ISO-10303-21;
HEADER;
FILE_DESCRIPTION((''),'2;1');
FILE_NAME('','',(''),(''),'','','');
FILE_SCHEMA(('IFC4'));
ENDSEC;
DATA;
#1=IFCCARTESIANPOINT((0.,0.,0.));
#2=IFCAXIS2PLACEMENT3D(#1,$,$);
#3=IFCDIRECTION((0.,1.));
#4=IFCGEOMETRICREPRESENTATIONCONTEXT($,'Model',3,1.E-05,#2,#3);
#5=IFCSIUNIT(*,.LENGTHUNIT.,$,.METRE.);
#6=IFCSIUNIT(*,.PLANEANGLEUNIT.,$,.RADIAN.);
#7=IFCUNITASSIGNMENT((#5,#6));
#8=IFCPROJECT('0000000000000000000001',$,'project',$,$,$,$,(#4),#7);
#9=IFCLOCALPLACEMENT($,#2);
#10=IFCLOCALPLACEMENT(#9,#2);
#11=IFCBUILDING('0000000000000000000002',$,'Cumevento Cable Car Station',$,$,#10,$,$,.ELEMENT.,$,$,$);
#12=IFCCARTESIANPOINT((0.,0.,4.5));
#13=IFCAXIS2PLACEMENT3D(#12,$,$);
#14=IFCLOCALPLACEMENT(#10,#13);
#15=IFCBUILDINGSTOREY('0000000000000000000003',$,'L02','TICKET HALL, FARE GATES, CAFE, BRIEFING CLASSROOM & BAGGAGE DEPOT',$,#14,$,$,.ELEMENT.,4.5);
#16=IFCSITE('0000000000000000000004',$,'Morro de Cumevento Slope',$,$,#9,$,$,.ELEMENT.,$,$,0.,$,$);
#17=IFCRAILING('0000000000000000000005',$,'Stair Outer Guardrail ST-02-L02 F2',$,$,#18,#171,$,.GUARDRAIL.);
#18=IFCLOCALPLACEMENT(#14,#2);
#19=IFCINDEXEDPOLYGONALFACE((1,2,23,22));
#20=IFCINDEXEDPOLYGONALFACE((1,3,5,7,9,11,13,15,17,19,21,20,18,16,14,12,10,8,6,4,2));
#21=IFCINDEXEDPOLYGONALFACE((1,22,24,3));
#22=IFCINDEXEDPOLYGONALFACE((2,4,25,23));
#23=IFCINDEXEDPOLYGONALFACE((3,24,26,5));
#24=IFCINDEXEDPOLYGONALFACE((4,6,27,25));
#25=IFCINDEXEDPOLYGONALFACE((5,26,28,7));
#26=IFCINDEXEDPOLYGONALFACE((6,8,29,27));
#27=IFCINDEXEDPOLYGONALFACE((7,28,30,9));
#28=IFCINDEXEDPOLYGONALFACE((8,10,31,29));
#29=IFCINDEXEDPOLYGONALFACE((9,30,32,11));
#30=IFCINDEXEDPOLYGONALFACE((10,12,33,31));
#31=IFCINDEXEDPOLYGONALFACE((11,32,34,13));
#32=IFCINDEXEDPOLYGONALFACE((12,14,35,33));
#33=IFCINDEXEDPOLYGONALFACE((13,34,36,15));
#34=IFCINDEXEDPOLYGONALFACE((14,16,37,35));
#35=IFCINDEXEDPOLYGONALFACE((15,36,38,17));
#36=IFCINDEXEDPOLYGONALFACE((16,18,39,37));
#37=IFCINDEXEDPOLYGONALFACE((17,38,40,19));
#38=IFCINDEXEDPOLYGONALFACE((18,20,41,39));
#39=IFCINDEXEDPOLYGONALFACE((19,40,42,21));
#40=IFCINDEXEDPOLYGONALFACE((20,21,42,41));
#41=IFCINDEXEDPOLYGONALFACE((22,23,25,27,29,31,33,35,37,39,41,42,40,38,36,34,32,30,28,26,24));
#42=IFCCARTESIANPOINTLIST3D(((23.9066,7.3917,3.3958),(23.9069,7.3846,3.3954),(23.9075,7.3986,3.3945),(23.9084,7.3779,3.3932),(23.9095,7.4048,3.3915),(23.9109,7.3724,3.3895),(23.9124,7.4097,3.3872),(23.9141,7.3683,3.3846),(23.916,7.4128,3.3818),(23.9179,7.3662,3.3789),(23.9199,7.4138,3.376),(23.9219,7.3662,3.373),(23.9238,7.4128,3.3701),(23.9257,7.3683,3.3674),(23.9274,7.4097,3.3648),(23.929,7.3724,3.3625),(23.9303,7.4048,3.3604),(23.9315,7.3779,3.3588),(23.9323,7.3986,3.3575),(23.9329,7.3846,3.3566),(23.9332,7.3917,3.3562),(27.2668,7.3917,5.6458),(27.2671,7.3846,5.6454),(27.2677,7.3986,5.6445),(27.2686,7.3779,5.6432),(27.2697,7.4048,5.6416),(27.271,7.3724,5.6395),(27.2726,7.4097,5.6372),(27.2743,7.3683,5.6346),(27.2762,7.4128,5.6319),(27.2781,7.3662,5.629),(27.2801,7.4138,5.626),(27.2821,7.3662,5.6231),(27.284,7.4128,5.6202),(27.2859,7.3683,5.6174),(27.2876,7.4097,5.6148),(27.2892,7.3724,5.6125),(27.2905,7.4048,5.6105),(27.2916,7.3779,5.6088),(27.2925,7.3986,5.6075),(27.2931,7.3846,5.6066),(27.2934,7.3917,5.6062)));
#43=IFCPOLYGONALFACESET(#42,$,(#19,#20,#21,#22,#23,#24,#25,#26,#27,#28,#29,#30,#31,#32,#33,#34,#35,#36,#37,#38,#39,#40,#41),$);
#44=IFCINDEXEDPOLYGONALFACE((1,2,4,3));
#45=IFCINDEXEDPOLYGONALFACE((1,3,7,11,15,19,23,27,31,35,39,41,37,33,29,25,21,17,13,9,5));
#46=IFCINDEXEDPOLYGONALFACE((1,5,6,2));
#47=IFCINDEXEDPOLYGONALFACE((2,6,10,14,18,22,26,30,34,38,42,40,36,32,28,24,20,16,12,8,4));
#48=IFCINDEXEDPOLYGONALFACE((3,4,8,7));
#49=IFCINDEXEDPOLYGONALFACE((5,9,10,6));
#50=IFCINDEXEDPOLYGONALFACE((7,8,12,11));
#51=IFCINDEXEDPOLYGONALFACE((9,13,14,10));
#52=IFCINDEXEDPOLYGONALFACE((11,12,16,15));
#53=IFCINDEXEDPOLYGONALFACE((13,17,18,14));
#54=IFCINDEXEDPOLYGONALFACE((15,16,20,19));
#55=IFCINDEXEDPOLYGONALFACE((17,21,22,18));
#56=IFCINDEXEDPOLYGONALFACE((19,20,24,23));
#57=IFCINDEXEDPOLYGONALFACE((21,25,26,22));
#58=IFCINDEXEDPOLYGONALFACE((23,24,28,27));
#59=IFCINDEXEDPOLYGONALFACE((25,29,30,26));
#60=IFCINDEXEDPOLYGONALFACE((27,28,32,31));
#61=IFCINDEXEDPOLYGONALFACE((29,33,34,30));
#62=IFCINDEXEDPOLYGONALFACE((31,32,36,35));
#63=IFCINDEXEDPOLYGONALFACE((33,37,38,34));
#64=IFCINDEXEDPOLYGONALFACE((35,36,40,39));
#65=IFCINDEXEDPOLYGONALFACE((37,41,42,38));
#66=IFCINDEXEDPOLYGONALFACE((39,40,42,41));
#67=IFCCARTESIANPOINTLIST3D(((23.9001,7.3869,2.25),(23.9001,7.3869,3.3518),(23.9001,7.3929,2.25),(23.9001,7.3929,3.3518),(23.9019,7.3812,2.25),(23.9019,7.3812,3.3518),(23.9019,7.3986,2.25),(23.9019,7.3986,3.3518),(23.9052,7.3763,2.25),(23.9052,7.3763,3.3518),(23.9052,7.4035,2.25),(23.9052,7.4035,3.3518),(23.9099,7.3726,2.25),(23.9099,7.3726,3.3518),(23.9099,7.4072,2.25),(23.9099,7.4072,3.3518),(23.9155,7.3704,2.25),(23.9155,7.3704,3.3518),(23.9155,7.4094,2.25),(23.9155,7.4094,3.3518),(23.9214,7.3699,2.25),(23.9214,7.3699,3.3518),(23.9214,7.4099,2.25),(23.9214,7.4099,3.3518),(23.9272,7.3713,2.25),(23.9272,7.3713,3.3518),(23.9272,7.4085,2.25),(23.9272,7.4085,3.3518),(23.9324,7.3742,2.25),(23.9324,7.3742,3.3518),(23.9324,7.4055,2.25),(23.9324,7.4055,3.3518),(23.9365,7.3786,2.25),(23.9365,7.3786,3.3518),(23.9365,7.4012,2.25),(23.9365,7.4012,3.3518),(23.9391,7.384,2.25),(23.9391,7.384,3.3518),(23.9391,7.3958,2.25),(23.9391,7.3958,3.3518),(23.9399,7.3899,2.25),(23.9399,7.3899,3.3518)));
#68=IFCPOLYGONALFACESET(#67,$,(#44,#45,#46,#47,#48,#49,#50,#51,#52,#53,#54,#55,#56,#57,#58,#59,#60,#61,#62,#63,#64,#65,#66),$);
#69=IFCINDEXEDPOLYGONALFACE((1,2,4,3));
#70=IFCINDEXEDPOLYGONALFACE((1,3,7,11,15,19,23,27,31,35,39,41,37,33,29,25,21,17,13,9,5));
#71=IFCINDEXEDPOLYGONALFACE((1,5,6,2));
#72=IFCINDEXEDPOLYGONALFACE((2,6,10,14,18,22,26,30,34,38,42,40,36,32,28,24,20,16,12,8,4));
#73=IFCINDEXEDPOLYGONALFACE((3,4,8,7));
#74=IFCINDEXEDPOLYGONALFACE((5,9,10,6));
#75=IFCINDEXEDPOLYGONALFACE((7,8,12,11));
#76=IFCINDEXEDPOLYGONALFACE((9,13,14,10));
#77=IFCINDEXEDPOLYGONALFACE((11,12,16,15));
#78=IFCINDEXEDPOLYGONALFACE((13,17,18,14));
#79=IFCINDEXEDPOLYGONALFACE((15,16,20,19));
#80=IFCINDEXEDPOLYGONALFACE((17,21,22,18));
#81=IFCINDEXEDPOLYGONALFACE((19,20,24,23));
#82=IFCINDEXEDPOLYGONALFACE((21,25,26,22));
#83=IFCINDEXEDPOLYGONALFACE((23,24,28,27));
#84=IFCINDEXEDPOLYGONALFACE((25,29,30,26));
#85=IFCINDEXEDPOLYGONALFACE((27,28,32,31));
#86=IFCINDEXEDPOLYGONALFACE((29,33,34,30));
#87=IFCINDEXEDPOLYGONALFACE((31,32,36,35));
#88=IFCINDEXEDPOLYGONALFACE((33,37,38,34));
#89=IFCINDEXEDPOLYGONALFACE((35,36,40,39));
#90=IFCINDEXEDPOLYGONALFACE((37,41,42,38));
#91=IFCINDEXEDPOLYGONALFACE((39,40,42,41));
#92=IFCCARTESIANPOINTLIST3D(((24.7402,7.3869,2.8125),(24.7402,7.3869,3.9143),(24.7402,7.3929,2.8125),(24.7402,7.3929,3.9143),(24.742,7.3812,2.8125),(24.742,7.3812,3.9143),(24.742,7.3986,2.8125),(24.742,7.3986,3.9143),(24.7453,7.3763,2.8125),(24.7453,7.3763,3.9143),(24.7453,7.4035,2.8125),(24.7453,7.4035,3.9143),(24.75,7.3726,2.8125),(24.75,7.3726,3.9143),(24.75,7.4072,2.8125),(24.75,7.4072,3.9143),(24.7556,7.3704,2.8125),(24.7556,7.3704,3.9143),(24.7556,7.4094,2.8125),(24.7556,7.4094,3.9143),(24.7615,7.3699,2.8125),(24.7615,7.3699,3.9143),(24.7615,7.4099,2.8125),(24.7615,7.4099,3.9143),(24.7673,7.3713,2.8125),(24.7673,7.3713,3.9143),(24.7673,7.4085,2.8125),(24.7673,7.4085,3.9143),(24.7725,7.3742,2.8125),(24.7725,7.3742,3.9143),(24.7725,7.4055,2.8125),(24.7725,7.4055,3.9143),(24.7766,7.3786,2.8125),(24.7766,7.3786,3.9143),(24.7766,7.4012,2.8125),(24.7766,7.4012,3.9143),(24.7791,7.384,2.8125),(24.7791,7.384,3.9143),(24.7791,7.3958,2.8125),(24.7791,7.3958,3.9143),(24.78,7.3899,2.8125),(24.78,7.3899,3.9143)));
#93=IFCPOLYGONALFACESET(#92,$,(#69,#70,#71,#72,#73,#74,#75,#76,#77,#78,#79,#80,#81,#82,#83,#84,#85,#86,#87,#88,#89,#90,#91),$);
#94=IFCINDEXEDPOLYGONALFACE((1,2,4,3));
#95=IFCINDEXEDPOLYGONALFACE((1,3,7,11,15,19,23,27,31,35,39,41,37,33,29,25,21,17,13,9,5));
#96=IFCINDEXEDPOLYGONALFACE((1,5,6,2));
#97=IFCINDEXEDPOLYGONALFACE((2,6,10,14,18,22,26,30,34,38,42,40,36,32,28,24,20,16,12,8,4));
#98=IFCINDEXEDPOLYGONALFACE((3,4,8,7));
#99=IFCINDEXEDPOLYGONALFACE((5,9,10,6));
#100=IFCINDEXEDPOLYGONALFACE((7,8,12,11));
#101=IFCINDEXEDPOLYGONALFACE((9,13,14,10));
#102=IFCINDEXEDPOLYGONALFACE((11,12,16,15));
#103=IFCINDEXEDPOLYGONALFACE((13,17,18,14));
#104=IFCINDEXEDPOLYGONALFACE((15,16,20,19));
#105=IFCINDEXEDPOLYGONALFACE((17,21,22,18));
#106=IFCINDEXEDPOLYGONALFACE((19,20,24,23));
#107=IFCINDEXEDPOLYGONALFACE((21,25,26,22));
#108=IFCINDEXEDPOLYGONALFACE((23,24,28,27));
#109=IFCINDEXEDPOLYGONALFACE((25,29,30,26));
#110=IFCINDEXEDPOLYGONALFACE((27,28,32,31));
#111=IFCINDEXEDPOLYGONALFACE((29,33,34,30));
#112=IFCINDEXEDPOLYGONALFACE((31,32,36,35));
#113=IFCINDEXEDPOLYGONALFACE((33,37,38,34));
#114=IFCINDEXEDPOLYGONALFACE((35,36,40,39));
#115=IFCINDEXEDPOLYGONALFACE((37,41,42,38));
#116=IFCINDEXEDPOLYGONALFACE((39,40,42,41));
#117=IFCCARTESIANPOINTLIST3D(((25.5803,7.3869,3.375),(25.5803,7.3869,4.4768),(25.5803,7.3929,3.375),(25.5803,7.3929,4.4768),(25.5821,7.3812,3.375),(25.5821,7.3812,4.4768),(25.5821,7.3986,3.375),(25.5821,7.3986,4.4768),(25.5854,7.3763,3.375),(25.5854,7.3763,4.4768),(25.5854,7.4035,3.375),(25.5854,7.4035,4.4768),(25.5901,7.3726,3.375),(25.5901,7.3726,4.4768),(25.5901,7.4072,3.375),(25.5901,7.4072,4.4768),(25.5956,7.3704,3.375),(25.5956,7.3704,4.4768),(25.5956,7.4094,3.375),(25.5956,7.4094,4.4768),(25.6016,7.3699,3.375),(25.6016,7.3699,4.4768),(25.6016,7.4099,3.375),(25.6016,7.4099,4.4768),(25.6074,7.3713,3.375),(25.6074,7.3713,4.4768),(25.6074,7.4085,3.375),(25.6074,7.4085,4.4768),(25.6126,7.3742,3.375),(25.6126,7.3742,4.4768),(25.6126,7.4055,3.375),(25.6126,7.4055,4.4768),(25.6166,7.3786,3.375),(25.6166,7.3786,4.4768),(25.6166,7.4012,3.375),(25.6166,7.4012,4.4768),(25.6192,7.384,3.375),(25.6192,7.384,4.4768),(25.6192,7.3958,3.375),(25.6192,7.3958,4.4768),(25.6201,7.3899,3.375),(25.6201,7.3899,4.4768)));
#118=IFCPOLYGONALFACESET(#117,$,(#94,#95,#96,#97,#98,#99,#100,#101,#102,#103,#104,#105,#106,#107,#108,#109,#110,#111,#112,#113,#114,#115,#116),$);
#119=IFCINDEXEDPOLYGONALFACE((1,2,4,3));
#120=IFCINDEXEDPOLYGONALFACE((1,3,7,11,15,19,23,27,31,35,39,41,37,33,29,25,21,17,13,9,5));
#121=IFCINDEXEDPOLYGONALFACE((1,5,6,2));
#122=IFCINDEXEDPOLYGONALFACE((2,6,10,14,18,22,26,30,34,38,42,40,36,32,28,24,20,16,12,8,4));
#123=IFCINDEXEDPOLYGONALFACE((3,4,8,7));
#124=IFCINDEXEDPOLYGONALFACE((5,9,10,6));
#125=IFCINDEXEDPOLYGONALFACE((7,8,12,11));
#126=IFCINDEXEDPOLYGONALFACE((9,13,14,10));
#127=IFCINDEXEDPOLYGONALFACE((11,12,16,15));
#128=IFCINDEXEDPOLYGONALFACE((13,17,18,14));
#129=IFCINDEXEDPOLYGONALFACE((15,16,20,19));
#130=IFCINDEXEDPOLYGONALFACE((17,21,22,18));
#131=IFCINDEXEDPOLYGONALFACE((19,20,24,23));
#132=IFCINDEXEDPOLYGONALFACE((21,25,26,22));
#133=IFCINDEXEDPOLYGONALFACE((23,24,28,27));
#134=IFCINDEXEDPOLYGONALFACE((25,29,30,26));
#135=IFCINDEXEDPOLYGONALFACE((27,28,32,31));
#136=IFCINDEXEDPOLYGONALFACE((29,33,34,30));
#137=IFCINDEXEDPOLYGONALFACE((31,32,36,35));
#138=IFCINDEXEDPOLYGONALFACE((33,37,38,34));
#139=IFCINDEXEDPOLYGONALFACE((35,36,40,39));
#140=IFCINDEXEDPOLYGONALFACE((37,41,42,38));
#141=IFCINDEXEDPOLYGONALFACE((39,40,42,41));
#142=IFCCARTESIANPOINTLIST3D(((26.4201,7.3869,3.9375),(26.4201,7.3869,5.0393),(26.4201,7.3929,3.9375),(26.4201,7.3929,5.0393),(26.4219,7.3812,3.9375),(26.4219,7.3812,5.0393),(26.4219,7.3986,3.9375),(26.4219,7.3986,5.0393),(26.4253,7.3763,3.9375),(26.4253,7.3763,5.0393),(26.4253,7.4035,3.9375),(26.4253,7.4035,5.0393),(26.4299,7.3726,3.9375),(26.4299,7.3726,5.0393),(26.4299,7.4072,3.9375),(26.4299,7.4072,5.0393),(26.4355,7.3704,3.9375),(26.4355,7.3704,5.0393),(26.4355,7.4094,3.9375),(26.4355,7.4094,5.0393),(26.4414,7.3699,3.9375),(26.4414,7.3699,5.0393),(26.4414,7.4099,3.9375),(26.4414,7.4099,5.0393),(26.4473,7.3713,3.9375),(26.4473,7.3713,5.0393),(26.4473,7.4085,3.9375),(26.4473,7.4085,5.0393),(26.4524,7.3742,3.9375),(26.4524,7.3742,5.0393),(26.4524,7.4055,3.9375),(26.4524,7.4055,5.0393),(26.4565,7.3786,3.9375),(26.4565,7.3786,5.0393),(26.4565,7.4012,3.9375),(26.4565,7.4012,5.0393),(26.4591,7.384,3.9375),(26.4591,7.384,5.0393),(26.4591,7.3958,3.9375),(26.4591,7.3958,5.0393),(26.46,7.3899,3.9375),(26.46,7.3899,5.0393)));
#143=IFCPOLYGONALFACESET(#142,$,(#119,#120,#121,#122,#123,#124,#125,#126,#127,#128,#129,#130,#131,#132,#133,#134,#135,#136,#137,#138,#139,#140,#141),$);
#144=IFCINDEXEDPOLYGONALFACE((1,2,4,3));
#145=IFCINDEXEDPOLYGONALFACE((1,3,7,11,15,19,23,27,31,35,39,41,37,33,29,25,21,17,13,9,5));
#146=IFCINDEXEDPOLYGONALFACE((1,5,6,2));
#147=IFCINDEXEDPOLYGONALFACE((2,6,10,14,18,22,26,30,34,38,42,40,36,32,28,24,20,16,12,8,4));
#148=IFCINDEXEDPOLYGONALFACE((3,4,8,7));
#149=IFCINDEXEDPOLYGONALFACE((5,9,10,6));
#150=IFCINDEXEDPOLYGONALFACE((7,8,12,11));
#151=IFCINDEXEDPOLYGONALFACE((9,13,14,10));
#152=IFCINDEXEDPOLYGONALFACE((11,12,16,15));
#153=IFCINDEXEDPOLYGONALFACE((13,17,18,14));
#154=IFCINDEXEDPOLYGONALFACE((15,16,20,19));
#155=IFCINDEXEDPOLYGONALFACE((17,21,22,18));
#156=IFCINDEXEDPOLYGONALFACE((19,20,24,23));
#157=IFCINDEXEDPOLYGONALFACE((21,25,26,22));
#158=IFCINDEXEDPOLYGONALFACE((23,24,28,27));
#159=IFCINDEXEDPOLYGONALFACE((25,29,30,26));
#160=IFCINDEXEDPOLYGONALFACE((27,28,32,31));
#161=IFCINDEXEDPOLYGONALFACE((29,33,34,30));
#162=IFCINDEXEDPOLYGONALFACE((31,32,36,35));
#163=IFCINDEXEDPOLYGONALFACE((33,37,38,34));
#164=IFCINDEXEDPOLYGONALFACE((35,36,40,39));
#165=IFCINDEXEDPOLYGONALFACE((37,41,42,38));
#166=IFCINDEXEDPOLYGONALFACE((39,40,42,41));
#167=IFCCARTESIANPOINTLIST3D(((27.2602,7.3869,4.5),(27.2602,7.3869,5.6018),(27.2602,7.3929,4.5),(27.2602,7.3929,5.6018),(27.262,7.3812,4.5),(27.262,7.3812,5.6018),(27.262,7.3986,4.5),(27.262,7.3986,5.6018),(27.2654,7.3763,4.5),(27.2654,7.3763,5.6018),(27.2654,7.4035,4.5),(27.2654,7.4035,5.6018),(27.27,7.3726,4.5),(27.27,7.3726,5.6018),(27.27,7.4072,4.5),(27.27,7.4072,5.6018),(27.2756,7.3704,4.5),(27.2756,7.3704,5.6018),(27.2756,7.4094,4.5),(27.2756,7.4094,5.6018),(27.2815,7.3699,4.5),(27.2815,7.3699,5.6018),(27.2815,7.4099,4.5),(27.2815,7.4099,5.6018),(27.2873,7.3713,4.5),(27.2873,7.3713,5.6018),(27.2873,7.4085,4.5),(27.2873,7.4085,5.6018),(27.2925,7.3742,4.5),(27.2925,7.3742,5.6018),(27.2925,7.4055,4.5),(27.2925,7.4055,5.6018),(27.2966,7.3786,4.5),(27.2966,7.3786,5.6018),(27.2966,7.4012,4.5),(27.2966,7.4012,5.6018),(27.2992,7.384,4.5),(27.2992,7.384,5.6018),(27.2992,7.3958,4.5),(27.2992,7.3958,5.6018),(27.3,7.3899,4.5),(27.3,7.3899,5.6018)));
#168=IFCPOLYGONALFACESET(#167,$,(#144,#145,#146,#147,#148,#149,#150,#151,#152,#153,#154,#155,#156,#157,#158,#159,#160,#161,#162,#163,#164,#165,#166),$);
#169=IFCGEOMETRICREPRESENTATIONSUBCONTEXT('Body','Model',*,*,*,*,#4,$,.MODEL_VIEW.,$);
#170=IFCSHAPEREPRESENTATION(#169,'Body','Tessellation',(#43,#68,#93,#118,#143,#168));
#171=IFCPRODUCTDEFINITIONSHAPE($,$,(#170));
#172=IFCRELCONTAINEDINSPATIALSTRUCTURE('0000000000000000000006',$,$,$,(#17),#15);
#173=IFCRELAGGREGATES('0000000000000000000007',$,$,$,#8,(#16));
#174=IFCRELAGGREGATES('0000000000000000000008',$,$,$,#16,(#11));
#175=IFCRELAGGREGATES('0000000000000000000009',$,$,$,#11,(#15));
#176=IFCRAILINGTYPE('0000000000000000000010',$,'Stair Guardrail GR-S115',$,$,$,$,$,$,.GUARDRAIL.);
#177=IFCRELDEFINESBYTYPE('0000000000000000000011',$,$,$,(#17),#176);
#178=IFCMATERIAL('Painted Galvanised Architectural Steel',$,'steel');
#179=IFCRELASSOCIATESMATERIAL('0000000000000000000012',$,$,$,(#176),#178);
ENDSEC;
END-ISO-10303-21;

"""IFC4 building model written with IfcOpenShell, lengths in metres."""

from ifc_helpers import new_model, si_unit, direction, frame, origin, origin_2d, place, context, subcontext, project, spatial, circle, extrude, material, type_object, element, save


model = new_model("IFC4")

# Units and contexts
model_context = context("Model", 3, precision=1e-05, world=origin(), true_north=direction((0.0, 1.0)))
body_context = subcontext(model_context, "Body", "Model", "MODEL_VIEW")
ifc_project = project(units=[si_unit("LENGTHUNIT", "METRE"), si_unit("PLANEANGLEUNIT", "RADIAN")], contexts=[model_context])

# Site, building, storey
site_placement = place(None, origin())
site = spatial("IfcSite", under=ifc_project, at=site_placement, Name="Morro de Cumevento Slope", CompositionType="ELEMENT", RefElevation=0.0)
building_placement = place(site_placement, origin())
building = spatial("IfcBuilding", under=site, at=building_placement, Name="Cumevento Cable Car Station", CompositionType="ELEMENT")
storey_placement = place(building_placement, frame((0.0, 0.0, 4.5)))
storey = spatial("IfcBuildingStorey", under=building, at=storey_placement, Name="L02", Description="TICKET HALL, FARE GATES, CAFE, BRIEFING CLASSROOM & BAGGAGE DEPOT", CompositionType="ELEMENT", Elevation=4.5)

# Railing
ifc_material_1 = material(Name="Painted Galvanised Architectural Steel", Category="steel")
railing_type_1 = type_object("IfcRailingType", Name="Stair Guardrail GR-S115", PredefinedType="GUARDRAIL", material=ifc_material_1)
railing_1_placement = place(storey_placement, frame((23.9199, 7.3899, 2.25)))
element("IfcRailing", 1, at=railing_1_placement, inside=storey, type_object=railing_type_1, Name="Stair Outer Guardrail ST-02-L02 F2", PredefinedType="GUARDRAIL", context=body_context, shape_type="SweptSolid", body=[
    extrude(circle(Radius=0.0239, at=origin_2d()), frame((0.0, 0.0, 1.126), z_axis=(0.830915, 0.0, 0.556399), x_axis=(0.0, 1.0, 0.0)), (0.0, 0.0, 1.0), 4.0439),
    extrude(circle(Radius=0.02, at=origin_2d()), origin(), (0.0, 0.0, 1.0), 1.1018),
    extrude(circle(Radius=0.02, at=origin_2d()), frame((0.8401, 0.0, 0.5625)), (0.0, 0.0, 1.0), 1.1018),
    extrude(circle(Radius=0.02, at=origin_2d()), frame((1.6802, 0.0, 1.125)), (0.0, 0.0, 1.0), 1.1018),
    extrude(circle(Radius=0.02, at=origin_2d()), frame((2.52, 0.0, 1.6875)), (0.0, 0.0, 1.0), 1.1018),
    extrude(circle(Radius=0.02, at=origin_2d()), frame((3.3601, 0.0, 2.25)), (0.0, 0.0, 1.0), 1.1018),
])

save(model, "model.ifc")
